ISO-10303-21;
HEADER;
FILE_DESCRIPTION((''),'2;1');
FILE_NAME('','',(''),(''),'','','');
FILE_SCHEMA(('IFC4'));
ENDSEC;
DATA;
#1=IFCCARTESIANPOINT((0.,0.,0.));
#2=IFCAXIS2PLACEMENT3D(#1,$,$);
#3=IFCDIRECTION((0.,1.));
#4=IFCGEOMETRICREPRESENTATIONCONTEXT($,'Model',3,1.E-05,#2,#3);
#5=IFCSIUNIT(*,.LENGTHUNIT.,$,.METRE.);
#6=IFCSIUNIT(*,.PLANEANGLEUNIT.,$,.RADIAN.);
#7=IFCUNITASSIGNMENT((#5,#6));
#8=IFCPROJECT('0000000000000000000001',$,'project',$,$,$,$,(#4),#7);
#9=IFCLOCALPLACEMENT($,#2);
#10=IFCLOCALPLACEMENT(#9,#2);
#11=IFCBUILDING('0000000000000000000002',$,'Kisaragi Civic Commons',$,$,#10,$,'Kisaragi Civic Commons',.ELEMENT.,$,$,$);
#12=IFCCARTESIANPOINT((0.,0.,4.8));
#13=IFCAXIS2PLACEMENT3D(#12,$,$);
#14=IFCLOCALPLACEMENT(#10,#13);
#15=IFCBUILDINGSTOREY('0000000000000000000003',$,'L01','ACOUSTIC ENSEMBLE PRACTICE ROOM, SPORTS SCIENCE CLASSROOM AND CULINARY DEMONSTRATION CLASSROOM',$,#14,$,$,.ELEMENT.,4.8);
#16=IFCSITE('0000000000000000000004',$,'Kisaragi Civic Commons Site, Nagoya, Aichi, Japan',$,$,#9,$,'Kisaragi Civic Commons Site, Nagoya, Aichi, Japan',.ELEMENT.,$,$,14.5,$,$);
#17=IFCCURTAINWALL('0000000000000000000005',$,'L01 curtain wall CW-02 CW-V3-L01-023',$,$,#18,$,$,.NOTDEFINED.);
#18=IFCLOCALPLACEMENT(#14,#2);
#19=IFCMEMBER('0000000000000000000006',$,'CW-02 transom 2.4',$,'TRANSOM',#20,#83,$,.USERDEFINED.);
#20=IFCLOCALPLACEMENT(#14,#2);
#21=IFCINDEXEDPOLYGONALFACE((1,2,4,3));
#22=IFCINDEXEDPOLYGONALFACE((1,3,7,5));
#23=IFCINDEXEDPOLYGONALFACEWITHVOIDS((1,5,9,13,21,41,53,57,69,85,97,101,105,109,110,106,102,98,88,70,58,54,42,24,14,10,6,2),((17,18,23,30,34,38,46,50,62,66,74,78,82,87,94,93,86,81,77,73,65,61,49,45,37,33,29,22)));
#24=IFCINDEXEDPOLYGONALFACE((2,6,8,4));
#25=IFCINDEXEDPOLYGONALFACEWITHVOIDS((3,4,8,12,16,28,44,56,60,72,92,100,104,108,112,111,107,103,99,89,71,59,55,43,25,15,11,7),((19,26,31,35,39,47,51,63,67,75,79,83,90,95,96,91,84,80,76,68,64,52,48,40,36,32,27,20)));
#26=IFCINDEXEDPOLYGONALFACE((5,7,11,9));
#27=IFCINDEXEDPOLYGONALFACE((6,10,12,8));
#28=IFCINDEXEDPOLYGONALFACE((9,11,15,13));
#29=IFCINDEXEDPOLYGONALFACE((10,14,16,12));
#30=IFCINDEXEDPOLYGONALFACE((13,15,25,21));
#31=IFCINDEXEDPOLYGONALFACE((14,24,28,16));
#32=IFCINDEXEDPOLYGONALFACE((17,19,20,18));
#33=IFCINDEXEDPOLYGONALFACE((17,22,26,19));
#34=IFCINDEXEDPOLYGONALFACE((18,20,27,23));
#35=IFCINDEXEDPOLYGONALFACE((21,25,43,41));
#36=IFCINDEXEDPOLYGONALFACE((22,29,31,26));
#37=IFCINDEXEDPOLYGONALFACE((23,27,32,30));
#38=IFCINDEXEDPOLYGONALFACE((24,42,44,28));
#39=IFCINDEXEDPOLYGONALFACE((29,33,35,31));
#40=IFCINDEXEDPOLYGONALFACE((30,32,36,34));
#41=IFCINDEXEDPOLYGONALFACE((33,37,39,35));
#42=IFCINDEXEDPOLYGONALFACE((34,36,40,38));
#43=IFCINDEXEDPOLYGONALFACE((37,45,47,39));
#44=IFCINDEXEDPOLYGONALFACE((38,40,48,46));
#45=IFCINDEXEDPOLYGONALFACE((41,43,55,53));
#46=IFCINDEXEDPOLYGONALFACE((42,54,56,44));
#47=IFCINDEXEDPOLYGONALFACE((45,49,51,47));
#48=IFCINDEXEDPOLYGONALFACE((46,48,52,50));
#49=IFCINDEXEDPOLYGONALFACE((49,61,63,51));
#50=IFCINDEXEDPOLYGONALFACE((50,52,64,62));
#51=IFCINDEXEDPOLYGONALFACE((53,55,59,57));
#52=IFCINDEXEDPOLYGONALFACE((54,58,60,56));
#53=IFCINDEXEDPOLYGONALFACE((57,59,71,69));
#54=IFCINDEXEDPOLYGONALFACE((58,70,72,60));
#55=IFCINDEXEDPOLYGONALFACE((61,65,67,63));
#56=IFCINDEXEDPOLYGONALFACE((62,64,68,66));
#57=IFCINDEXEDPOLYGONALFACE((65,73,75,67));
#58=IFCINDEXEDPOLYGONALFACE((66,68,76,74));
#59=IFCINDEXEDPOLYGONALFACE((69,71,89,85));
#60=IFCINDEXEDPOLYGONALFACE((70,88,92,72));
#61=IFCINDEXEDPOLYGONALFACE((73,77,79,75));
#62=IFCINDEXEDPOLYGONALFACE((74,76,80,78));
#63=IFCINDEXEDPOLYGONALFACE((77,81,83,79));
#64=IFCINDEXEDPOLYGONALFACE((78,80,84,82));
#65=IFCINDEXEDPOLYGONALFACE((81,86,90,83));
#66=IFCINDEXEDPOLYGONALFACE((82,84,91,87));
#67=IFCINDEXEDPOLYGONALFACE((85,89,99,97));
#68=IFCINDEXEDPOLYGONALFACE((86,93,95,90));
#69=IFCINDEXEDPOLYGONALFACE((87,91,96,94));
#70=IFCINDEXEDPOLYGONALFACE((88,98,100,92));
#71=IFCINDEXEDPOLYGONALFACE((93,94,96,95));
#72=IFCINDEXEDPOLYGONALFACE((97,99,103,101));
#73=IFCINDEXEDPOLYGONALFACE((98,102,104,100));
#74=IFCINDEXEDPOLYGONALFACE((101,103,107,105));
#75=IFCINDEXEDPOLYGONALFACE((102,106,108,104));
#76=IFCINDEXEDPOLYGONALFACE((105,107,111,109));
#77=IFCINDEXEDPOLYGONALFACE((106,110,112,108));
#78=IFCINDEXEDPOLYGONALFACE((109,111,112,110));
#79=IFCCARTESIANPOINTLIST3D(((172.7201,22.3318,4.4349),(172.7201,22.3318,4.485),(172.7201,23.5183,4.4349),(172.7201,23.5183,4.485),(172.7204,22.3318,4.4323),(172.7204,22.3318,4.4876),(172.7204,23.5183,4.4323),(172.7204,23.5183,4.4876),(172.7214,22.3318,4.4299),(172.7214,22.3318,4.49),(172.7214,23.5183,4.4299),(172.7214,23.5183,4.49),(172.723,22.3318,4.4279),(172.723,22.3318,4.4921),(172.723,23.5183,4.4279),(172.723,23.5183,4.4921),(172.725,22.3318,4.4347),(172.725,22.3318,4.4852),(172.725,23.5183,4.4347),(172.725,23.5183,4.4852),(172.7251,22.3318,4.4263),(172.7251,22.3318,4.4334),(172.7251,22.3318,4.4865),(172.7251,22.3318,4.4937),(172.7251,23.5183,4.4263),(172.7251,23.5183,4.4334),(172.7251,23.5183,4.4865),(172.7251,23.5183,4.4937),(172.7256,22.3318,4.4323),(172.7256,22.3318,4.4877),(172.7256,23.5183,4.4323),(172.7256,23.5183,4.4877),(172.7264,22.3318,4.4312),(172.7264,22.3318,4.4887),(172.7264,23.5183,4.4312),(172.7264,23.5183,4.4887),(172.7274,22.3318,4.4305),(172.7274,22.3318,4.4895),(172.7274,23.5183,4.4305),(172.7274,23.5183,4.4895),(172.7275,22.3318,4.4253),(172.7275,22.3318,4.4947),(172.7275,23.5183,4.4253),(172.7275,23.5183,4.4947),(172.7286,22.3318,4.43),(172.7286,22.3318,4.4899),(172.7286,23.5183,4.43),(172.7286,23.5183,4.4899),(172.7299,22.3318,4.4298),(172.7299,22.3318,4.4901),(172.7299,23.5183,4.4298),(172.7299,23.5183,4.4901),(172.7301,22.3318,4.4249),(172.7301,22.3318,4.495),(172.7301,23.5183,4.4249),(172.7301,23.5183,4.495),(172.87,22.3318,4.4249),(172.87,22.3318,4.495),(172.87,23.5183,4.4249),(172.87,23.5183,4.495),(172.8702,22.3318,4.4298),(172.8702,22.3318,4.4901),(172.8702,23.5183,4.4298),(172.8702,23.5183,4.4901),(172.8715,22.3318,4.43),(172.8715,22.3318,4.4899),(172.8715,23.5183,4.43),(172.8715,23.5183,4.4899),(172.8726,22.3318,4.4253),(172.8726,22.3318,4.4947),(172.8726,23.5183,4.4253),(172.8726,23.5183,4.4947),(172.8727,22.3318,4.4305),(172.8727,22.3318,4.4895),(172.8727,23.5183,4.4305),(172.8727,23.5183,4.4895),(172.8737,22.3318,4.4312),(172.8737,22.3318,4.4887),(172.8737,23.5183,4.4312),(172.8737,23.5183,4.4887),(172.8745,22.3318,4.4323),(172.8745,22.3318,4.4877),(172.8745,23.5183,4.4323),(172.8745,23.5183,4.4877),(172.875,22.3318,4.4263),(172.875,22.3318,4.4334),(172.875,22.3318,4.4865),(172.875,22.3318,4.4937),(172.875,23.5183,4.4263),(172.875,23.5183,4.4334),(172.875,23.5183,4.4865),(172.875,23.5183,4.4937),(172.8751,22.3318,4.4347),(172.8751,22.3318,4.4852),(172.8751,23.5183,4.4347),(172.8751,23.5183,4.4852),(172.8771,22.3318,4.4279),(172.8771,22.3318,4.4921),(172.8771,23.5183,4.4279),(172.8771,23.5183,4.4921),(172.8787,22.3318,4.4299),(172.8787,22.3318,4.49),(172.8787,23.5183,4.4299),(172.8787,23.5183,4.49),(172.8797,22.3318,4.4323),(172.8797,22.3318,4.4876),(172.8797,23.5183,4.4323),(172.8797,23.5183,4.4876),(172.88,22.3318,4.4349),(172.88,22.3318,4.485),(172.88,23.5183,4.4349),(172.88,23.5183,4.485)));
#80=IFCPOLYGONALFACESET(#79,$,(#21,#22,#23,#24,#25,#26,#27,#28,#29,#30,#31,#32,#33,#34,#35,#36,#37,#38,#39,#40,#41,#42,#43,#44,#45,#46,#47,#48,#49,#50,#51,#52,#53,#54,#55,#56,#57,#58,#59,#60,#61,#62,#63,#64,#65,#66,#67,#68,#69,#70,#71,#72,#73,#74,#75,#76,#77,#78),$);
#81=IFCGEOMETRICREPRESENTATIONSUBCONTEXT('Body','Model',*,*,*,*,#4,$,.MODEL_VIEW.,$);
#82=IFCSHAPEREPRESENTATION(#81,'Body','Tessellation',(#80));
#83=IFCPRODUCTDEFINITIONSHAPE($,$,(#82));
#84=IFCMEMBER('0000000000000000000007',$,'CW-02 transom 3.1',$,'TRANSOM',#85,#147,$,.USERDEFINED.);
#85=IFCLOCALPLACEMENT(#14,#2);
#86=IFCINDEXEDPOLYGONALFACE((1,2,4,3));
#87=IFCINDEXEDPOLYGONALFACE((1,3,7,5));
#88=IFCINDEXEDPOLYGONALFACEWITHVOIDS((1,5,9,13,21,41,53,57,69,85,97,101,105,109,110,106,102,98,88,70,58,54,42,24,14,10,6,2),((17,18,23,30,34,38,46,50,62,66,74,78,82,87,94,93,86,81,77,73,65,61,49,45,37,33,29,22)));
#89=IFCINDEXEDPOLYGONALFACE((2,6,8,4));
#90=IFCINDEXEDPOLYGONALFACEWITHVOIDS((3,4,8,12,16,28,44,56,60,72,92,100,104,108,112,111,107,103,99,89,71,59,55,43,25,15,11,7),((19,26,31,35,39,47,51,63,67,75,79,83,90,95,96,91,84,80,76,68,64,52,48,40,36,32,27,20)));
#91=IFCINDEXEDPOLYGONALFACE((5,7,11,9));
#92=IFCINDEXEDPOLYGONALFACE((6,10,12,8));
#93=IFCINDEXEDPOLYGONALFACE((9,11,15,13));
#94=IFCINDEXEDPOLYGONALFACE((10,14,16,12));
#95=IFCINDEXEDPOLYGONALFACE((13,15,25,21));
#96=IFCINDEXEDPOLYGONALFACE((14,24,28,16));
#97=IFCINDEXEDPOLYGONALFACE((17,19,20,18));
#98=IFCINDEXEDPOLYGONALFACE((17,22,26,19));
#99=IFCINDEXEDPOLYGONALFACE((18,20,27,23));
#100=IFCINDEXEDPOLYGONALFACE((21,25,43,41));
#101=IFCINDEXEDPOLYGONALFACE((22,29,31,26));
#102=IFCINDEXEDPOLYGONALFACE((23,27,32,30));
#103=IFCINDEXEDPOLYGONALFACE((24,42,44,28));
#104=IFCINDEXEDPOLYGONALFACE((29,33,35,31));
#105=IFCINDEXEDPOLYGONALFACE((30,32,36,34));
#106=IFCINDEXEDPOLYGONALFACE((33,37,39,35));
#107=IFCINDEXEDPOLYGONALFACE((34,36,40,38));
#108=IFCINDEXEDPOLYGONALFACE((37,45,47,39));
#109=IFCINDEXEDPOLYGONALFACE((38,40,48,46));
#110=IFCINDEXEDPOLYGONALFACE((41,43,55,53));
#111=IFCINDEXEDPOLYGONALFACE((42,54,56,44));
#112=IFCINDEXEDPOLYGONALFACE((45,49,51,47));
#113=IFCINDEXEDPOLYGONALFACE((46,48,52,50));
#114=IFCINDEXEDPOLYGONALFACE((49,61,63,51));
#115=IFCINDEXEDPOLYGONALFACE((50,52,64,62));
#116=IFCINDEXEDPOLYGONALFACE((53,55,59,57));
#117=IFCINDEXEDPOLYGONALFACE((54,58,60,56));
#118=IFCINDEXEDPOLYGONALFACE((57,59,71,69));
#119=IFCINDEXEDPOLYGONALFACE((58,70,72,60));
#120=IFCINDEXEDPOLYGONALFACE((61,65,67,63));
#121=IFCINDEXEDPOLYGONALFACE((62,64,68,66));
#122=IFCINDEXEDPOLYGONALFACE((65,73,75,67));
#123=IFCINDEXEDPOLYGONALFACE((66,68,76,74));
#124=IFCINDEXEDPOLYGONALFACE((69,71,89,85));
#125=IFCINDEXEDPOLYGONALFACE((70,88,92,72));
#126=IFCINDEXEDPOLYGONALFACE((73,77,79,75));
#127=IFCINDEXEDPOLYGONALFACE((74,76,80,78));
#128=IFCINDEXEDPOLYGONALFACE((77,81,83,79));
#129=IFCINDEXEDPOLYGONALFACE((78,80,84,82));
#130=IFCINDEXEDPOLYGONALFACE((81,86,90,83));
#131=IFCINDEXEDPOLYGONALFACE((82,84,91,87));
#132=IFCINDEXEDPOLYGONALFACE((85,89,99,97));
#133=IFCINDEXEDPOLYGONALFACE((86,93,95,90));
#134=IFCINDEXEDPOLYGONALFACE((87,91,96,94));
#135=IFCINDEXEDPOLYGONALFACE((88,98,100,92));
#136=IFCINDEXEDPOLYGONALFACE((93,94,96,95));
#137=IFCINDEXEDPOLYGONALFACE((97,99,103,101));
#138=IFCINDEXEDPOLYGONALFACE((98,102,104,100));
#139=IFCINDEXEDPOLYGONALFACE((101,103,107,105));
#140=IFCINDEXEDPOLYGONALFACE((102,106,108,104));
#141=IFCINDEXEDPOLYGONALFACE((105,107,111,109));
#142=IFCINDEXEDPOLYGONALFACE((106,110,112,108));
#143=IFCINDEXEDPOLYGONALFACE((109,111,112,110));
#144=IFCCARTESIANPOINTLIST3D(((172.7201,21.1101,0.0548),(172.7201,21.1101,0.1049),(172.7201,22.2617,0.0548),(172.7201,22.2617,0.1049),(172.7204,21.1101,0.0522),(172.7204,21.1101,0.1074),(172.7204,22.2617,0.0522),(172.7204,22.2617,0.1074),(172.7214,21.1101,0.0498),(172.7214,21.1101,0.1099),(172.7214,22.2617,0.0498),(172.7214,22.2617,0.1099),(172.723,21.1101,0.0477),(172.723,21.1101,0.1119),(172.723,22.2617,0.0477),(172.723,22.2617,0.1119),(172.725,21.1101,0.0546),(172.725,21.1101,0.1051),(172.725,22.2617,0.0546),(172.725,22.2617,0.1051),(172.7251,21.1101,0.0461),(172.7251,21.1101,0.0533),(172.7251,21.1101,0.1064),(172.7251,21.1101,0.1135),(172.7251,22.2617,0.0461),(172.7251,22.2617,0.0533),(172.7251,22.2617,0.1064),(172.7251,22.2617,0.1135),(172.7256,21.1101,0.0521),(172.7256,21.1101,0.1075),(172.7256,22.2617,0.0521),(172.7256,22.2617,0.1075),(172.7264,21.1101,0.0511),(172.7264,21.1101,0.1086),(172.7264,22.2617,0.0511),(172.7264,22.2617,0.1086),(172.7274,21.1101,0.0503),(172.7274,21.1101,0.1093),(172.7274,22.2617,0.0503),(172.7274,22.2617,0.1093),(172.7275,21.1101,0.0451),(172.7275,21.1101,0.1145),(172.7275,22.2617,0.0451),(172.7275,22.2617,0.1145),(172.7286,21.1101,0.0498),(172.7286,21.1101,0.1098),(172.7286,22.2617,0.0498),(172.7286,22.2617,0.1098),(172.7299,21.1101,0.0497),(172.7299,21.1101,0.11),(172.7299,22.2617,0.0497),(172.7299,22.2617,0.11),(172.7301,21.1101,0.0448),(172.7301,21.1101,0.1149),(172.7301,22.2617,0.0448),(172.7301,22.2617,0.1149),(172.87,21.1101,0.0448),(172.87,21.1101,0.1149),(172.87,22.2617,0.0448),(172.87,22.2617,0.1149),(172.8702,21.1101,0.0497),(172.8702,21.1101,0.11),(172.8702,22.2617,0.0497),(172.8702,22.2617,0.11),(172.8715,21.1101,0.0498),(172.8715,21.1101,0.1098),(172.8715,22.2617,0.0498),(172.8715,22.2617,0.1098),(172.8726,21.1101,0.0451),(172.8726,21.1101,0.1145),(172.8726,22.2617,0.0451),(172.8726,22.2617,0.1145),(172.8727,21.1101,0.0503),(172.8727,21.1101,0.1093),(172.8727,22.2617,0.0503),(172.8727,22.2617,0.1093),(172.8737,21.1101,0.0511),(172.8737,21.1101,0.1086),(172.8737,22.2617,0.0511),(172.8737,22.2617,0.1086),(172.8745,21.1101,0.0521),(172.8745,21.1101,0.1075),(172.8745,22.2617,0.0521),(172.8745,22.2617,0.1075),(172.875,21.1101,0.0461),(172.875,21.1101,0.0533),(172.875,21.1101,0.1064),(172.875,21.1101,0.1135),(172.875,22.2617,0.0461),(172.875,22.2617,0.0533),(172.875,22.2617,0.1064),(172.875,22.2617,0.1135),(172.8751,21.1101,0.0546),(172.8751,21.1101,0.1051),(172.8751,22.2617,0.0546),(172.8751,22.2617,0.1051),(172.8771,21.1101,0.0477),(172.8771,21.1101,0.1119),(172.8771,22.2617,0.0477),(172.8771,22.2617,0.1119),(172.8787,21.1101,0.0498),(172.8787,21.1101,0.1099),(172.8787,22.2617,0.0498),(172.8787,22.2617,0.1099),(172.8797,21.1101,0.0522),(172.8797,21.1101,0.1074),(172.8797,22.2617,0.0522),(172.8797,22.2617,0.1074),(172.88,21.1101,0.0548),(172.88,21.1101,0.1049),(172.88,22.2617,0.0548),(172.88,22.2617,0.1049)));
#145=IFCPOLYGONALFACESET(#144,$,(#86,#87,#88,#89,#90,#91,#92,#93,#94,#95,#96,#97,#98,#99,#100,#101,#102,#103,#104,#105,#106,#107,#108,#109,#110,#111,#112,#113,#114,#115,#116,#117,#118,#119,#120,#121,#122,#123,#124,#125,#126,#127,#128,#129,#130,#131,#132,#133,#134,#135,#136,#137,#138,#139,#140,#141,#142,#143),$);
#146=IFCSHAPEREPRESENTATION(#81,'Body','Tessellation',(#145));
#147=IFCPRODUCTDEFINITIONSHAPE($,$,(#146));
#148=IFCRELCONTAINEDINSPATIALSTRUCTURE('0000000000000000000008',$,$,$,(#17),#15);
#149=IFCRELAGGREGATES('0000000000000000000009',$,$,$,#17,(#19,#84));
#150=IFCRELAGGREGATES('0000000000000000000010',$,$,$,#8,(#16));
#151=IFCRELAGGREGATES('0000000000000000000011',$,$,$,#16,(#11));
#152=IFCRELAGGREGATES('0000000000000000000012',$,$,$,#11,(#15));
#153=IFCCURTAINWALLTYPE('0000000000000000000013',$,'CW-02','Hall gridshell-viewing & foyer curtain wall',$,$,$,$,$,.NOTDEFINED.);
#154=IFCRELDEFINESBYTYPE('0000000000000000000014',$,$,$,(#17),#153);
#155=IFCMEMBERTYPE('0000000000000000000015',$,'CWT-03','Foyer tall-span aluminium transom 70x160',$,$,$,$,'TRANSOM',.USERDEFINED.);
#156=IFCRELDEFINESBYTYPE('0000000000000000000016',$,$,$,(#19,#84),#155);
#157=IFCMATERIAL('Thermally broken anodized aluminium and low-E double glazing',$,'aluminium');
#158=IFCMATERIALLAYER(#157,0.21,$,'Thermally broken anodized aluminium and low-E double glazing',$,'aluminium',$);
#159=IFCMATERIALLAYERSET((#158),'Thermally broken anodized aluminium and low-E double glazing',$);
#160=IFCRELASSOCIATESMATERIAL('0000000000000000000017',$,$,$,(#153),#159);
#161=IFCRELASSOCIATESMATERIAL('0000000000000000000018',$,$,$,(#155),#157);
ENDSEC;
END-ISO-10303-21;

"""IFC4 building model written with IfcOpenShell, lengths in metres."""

from ifc_helpers import new_model, si_unit, direction, frame, origin, origin_2d, place, context, subcontext, project, spatial, hollow_rectangle, extrude, material, layer, layer_set, material_profile, profile_set, type_object, element, aggregate, save


model = new_model("IFC4")

# Units and contexts
model_context = context("Model", 3, precision=1e-05, world=origin(), true_north=direction((0.0, 1.0)))
body_context = subcontext(model_context, "Body", "Model", "MODEL_VIEW")
ifc_project = project(units=[si_unit("LENGTHUNIT", "METRE"), si_unit("PLANEANGLEUNIT", "RADIAN")], contexts=[model_context])

# Site, building, storey
site_placement = place(None, origin())
site = spatial("IfcSite", under=ifc_project, at=site_placement, Name="Kisaragi Civic Commons Site, Nagoya, Aichi, Japan", LongName="Kisaragi Civic Commons Site, Nagoya, Aichi, Japan", CompositionType="ELEMENT", RefElevation=14.5)
building_placement = place(site_placement, origin())
building = spatial("IfcBuilding", under=site, at=building_placement, Name="Kisaragi Civic Commons", LongName="Kisaragi Civic Commons", CompositionType="ELEMENT")
storey_placement = place(building_placement, frame((0.0, 0.0, 4.8)))
storey = spatial("IfcBuildingStorey", under=building, at=storey_placement, Name="L01", Description="ACOUSTIC ENSEMBLE PRACTICE ROOM, SPORTS SCIENCE CLASSROOM AND CULINARY DEMONSTRATION CLASSROOM", CompositionType="ELEMENT", Elevation=4.8)

# Curtain wall, members
ifc_material_1 = material(Name="Thermally broken anodized aluminium and low-E double glazing", Category="aluminium")
ifc_layer_1 = layer(ifc_material_1, 0.21, Name="Thermally broken anodized aluminium and low-E double glazing", Category="aluminium")
ifc_layer_set_1 = layer_set([ifc_layer_1], Name="Thermally broken anodized aluminium and low-E double glazing")
curtain_wall_type = type_object("IfcCurtainWallType", Name="CW-02", Description="Hall gridshell-viewing & foyer curtain wall", PredefinedType="NOTDEFINED", material=ifc_layer_set_1)
curtain_wall_placement = place(storey_placement, origin())
curtain_wall = element("IfcCurtainWall", 1, at=curtain_wall_placement, inside=storey, type_object=curtain_wall_type, Name="L01 curtain wall CW-02 CW-V3-L01-023", PredefinedType="NOTDEFINED")
ifc_material_profile_1 = material_profile(ifc_material_1, hollow_rectangle(XDim=0.1599, YDim=0.0701, WallThickness=0.0049, InnerFilletRadius=0.0049, OuterFilletRadius=0.01, at=origin_2d()), Name="CWT-70x160x5", Category="aluminium")
ifc_profile_set_1 = profile_set([ifc_material_profile_1], Name="Thermally broken anodized aluminium and low-E double glazing")
member_type_1 = type_object("IfcMemberType", Name="CWT-03", Description="Foyer tall-span aluminium transom 70x160", ElementType="TRANSOM", PredefinedType="USERDEFINED", material=ifc_profile_set_1)
member_1_placement = place(storey_placement, frame((172.8, 23.5183, 4.46), z_axis=(0.0, -1.0, 0.0), x_axis=(1.0, 0.0, 0.0)))
member_1 = element("IfcMember", 2, at=member_1_placement, type_object=member_type_1, Name="CW-02 transom 2.4", ObjectType="TRANSOM", PredefinedType="USERDEFINED", context=body_context, shape_type="SweptSolid", body=[
    extrude(hollow_rectangle(XDim=0.1599, YDim=0.0701, WallThickness=0.0049, InnerFilletRadius=0.0049, OuterFilletRadius=0.01, at=origin_2d()), origin(), (0.0, 0.0, 1.0), 1.1865),
])
member_2_placement = place(storey_placement, frame((172.8, 22.2617, 0.0798), z_axis=(0.0, -1.0, 0.0), x_axis=(1.0, 0.0, 0.0)))
member_2 = element("IfcMember", 3, at=member_2_placement, type_object=member_type_1, Name="CW-02 transom 3.1", ObjectType="TRANSOM", PredefinedType="USERDEFINED", context=body_context, shape_type="SweptSolid", body=[
    extrude(hollow_rectangle(XDim=0.1599, YDim=0.0701, WallThickness=0.0049, InnerFilletRadius=0.0049, OuterFilletRadius=0.01, at=origin_2d()), origin(), (0.0, 0.0, 1.0), 1.1516),
])
aggregate(curtain_wall, [member_1, member_2])

save(model, "model.ifc")
